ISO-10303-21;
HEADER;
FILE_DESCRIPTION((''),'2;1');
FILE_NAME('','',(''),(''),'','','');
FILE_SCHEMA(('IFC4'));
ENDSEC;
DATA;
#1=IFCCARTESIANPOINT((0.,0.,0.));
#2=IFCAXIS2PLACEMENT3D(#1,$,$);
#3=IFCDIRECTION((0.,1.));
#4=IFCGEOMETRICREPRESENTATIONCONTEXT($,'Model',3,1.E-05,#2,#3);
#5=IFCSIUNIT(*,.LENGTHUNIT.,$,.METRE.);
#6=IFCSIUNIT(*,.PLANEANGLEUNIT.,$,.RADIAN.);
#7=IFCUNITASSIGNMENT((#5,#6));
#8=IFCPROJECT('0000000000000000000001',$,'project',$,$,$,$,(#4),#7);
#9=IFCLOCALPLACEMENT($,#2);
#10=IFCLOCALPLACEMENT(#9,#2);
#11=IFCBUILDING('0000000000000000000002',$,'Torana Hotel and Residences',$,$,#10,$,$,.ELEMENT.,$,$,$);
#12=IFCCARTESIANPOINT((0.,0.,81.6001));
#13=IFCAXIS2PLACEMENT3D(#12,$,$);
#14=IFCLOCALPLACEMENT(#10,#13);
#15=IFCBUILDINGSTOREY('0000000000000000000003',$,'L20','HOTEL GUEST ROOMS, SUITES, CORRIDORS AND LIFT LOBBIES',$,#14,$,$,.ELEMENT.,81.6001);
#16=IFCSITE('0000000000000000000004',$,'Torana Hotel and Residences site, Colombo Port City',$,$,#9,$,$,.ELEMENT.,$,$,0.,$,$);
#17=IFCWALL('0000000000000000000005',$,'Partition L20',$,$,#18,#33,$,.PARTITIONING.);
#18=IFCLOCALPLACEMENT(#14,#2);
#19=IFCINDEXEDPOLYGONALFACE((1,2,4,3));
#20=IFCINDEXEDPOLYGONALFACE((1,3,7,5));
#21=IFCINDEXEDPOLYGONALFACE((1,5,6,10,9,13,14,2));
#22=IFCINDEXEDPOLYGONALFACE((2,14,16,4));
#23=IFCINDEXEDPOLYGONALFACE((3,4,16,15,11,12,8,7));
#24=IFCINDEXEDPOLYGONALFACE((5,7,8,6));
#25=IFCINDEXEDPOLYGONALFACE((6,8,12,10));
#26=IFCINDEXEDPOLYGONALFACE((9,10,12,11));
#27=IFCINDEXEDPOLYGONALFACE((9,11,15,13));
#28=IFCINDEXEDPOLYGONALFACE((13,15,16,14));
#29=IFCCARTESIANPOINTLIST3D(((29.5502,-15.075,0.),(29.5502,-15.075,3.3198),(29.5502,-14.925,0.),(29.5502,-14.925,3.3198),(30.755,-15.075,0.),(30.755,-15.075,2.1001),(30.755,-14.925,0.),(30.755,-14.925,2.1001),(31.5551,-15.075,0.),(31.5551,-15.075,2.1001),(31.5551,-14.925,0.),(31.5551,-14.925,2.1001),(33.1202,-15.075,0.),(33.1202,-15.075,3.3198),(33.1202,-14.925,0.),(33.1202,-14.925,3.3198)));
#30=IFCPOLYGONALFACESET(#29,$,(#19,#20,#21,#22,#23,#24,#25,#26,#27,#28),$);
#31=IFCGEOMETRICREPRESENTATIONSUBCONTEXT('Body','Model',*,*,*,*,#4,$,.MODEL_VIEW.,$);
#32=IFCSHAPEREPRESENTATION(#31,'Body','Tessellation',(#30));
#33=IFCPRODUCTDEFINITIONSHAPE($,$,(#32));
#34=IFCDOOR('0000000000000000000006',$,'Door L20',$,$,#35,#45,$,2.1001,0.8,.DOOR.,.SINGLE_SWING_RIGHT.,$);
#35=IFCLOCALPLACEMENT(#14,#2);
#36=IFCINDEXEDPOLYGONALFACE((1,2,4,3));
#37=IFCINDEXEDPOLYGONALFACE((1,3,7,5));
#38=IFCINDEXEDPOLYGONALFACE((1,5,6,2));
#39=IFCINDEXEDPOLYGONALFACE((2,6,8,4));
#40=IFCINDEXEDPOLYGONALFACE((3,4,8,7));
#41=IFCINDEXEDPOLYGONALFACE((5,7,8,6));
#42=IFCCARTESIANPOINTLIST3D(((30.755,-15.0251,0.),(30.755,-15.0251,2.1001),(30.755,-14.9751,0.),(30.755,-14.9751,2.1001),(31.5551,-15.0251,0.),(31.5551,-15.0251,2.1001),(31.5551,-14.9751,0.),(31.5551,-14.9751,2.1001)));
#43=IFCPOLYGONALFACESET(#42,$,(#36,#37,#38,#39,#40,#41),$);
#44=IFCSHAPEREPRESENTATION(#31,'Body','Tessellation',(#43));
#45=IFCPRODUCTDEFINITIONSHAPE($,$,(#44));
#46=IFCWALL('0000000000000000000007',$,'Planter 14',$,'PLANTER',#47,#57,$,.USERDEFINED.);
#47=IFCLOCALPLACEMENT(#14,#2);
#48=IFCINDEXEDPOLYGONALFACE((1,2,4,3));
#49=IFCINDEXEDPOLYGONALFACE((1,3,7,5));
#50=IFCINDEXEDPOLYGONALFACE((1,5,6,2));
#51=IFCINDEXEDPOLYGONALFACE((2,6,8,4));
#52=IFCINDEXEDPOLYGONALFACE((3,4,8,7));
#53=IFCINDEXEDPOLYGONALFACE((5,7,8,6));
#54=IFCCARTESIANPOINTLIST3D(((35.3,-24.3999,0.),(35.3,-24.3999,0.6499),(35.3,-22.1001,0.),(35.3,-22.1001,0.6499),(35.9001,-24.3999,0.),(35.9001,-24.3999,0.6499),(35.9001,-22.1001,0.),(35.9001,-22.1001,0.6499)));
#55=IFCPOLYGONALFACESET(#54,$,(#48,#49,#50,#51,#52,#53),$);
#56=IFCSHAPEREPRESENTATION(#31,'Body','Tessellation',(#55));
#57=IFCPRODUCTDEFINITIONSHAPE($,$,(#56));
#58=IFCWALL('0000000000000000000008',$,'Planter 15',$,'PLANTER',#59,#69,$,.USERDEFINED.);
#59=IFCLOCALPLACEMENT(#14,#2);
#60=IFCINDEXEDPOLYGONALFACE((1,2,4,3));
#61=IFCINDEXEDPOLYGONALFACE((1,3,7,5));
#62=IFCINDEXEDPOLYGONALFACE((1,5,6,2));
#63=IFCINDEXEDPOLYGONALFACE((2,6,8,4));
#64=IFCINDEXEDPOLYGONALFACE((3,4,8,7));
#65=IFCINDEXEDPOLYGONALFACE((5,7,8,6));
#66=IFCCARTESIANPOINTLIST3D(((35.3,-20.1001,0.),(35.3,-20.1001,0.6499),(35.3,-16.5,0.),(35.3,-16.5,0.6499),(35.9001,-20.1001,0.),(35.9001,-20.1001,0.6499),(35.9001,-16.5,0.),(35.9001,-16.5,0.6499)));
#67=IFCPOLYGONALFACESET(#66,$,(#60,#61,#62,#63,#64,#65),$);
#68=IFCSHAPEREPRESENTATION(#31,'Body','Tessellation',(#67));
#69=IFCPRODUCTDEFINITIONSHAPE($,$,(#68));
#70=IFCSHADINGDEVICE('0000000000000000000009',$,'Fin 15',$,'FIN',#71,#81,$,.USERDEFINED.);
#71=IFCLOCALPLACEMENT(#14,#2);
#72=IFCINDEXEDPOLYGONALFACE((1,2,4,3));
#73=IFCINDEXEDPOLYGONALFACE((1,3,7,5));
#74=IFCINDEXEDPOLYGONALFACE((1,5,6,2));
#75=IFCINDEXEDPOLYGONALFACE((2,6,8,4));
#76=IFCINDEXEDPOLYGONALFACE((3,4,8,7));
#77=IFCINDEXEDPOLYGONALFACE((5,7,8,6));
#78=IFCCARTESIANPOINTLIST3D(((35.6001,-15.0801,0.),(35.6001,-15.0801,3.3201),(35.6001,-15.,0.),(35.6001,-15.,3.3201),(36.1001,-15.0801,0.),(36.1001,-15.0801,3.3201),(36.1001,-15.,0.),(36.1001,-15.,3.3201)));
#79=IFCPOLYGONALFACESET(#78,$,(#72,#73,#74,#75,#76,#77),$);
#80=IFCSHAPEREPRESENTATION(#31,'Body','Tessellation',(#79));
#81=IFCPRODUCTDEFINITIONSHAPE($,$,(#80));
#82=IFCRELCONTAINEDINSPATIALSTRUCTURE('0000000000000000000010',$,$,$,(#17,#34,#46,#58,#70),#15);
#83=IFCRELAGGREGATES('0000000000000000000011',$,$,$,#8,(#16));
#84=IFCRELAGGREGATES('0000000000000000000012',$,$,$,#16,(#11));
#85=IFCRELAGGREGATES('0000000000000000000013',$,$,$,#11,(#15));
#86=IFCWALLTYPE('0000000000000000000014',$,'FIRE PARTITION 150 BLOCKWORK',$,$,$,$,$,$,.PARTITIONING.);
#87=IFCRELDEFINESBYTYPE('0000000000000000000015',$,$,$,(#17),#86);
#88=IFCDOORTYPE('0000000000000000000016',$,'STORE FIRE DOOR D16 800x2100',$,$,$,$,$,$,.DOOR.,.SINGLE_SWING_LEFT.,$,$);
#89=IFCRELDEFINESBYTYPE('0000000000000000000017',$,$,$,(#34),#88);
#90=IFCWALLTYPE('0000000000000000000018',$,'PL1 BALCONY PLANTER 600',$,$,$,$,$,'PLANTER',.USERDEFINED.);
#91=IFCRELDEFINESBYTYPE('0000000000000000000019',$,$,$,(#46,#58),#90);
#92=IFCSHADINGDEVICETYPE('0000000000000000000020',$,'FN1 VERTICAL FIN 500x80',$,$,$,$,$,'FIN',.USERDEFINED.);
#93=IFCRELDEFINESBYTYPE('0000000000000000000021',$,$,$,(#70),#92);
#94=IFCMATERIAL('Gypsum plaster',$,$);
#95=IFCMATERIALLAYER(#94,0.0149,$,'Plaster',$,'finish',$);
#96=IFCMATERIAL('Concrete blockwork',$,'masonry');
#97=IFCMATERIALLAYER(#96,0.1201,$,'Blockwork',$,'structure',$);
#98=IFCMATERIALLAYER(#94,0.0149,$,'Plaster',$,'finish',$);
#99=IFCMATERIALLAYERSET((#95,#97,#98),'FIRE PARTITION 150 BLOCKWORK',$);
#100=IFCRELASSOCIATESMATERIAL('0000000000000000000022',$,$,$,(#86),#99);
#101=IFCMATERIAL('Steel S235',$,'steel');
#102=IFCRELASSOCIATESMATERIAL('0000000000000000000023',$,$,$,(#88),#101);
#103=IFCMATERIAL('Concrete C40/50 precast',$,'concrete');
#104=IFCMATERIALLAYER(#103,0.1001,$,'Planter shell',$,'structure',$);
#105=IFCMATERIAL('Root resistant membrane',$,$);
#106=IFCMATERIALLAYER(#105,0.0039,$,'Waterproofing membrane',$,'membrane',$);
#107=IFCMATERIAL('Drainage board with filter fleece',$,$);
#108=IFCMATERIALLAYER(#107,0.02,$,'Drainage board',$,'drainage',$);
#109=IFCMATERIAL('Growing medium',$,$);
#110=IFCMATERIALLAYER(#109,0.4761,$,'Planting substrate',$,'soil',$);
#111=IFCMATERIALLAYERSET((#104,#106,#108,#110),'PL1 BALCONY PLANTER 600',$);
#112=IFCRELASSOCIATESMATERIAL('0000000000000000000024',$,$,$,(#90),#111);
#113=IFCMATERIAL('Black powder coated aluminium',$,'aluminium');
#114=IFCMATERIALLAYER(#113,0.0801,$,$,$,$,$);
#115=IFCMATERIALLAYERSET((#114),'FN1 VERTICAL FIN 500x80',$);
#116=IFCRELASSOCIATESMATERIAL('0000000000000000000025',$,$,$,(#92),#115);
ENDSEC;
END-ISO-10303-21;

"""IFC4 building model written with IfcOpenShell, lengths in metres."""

from ifc_helpers import new_model, si_unit, direction, frame, frame_2d, origin, origin_2d, place, context, subcontext, project, spatial, rectangle, extrude, material, layer, layer_set, type_object, element, fill, save


model = new_model("IFC4")

# Units and contexts
model_context = context("Model", 3, precision=1e-05, world=origin(), true_north=direction((0.0, 1.0)))
body_context = subcontext(model_context, "Body", "Model", "MODEL_VIEW")
ifc_project = project(units=[si_unit("LENGTHUNIT", "METRE"), si_unit("PLANEANGLEUNIT", "RADIAN")], contexts=[model_context])

# Site, building, storey
site_placement = place(None, origin())
site = spatial("IfcSite", under=ifc_project, at=site_placement, Name="Torana Hotel and Residences site, Colombo Port City", CompositionType="ELEMENT", RefElevation=0.0)
building_placement = place(site_placement, origin())
building = spatial("IfcBuilding", under=site, at=building_placement, Name="Torana Hotel and Residences", CompositionType="ELEMENT")
storey_placement = place(building_placement, frame((0.0, 0.0, 81.6001)))
storey = spatial("IfcBuildingStorey", under=building, at=storey_placement, Name="L20", Description="HOTEL GUEST ROOMS, SUITES, CORRIDORS AND LIFT LOBBIES", CompositionType="ELEMENT", Elevation=81.6001)

# Wall, opening, door
ifc_material_1 = material(Name="Gypsum plaster")
ifc_layer_1 = layer(ifc_material_1, 0.0149, Name="Plaster", Category="finish")
ifc_material_2 = material(Name="Concrete blockwork", Category="masonry")
ifc_layer_2 = layer(ifc_material_2, 0.1201, Name="Blockwork", Category="structure")
ifc_layer_3 = layer(ifc_material_1, 0.0149, Name="Plaster", Category="finish")
ifc_layer_set_1 = layer_set([ifc_layer_1, ifc_layer_2, ifc_layer_3], Name="FIRE PARTITION 150 BLOCKWORK")
wall_type_1 = type_object("IfcWallType", Name="FIRE PARTITION 150 BLOCKWORK", PredefinedType="PARTITIONING", material=ifc_layer_set_1)
wall_1_placement = place(storey_placement, frame((29.55, -15.0, 0.0), z_axis=(0.0, 0.0, 1.0), x_axis=(1.0, 0.0, 0.0)))
wall_1 = element("IfcWall", 1, at=wall_1_placement, inside=storey, type_object=wall_type_1, Name="Partition L20", PredefinedType="PARTITIONING", context=body_context, shape_type="SweptSolid", body=[
    extrude(rectangle(XDim=3.5701, YDim=0.1499, at=frame_2d((1.7852, 0.0))), origin(), (0.0, 0.0, 1.0), 3.3198),
])
opening_1_placement = place(wall_1_placement, frame((1.2051, 0.0, 0.0)))
opening_1 = element("IfcOpeningElement", 2, at=opening_1_placement, cuts=wall_1, PredefinedType="OPENING", context=body_context, shape_type="SweptSolid", body=[
    extrude(rectangle(XDim=0.8, YDim=2.1001, at=frame_2d((0.3999, 1.05))), frame((0.0, 0.085, 0.0), z_axis=(0.0, -1.0, 0.0), x_axis=(1.0, 0.0, 0.0)), (0.0, 0.0, 1.0), 0.1699),
])
ifc_material_3 = material(Name="Steel S235", Category="steel")
door_type_1 = type_object("IfcDoorType", Name="STORE FIRE DOOR D16 800x2100", OperationType="SINGLE_SWING_LEFT", PredefinedType="DOOR", material=ifc_material_3)
door_1_placement = place(opening_1_placement, origin())
door_1 = element("IfcDoor", 3, at=door_1_placement, inside=storey, type_object=door_type_1, Name="Door L20", OperationType="SINGLE_SWING_RIGHT", OverallHeight=2.1001, OverallWidth=0.8, PredefinedType="DOOR", context=body_context, shape_type="SweptSolid", body=[
    extrude(rectangle(XDim=0.8, YDim=2.1001, at=frame_2d((0.3999, 1.05))), frame((0.0, 0.0249, 0.0), z_axis=(0.0, -1.0, 0.0), x_axis=(1.0, 0.0, 0.0)), (0.0, 0.0, 1.0), 0.05),
])
fill(opening_1, door_1)

# Walls
ifc_material_4 = material(Name="Concrete C40/50 precast", Category="concrete")
ifc_layer_4 = layer(ifc_material_4, 0.1001, Name="Planter shell", Category="structure")
ifc_material_5 = material(Name="Root resistant membrane")
ifc_layer_5 = layer(ifc_material_5, 0.0039, Name="Waterproofing membrane", Category="membrane")
ifc_material_6 = material(Name="Drainage board with filter fleece")
ifc_layer_6 = layer(ifc_material_6, 0.02, Name="Drainage board", Category="drainage")
ifc_material_7 = material(Name="Growing medium")
ifc_layer_7 = layer(ifc_material_7, 0.4761, Name="Planting substrate", Category="soil")
ifc_layer_set_2 = layer_set([ifc_layer_4, ifc_layer_5, ifc_layer_6, ifc_layer_7], Name="PL1 BALCONY PLANTER 600")
wall_type_2 = type_object("IfcWallType", Name="PL1 BALCONY PLANTER 600", ElementType="PLANTER", PredefinedType="USERDEFINED", material=ifc_layer_set_2)
wall_2_placement = place(storey_placement, frame((35.6001, -22.1001, 0.0), z_axis=(0.0, 0.0, 1.0), x_axis=(0.0, -1.0, 0.0)))
element("IfcWall", 4, at=wall_2_placement, inside=storey, type_object=wall_type_2, Name="Planter 14", ObjectType="PLANTER", PredefinedType="USERDEFINED", context=body_context, shape_type="SweptSolid", body=[
    extrude(rectangle(XDim=2.2998, YDim=0.6001, at=frame_2d((1.1499, 0.0))), origin(), (0.0, 0.0, 1.0), 0.6499),
])
wall_3_placement = place(storey_placement, frame((35.6001, -16.5, 0.0), z_axis=(0.0, 0.0, 1.0), x_axis=(0.0, -1.0, 0.0)))
element("IfcWall", 5, at=wall_3_placement, inside=storey, type_object=wall_type_2, Name="Planter 15", ObjectType="PLANTER", PredefinedType="USERDEFINED", context=body_context, shape_type="SweptSolid", body=[
    extrude(rectangle(XDim=3.6001, YDim=0.6001, at=frame_2d((1.8, 0.0))), origin(), (0.0, 0.0, 1.0), 0.6499),
])

# Shading device
ifc_material_8 = material(Name="Black powder coated aluminium", Category="aluminium")
ifc_layer_8 = layer(ifc_material_8, 0.0801)
ifc_layer_set_3 = layer_set([ifc_layer_8], Name="FN1 VERTICAL FIN 500x80")
shading_device_type = type_object("IfcShadingDeviceType", Name="FN1 VERTICAL FIN 500x80", ElementType="FIN", PredefinedType="USERDEFINED", material=ifc_layer_set_3)
shading_device_placement = place(storey_placement, frame((35.8501, -15.04, 0.0), z_axis=(0.0, 0.0, 1.0), x_axis=(0.0, -1.0, 0.0)))
element("IfcShadingDevice", 6, at=shading_device_placement, inside=storey, type_object=shading_device_type, Name="Fin 15", ObjectType="FIN", PredefinedType="USERDEFINED", context=body_context, shape_type="SweptSolid", body=[
    extrude(rectangle(XDim=0.0801, YDim=0.5, at=origin_2d()), origin(), (0.0, 0.0, 1.0), 3.3201),
])

save(model, "model.ifc")
